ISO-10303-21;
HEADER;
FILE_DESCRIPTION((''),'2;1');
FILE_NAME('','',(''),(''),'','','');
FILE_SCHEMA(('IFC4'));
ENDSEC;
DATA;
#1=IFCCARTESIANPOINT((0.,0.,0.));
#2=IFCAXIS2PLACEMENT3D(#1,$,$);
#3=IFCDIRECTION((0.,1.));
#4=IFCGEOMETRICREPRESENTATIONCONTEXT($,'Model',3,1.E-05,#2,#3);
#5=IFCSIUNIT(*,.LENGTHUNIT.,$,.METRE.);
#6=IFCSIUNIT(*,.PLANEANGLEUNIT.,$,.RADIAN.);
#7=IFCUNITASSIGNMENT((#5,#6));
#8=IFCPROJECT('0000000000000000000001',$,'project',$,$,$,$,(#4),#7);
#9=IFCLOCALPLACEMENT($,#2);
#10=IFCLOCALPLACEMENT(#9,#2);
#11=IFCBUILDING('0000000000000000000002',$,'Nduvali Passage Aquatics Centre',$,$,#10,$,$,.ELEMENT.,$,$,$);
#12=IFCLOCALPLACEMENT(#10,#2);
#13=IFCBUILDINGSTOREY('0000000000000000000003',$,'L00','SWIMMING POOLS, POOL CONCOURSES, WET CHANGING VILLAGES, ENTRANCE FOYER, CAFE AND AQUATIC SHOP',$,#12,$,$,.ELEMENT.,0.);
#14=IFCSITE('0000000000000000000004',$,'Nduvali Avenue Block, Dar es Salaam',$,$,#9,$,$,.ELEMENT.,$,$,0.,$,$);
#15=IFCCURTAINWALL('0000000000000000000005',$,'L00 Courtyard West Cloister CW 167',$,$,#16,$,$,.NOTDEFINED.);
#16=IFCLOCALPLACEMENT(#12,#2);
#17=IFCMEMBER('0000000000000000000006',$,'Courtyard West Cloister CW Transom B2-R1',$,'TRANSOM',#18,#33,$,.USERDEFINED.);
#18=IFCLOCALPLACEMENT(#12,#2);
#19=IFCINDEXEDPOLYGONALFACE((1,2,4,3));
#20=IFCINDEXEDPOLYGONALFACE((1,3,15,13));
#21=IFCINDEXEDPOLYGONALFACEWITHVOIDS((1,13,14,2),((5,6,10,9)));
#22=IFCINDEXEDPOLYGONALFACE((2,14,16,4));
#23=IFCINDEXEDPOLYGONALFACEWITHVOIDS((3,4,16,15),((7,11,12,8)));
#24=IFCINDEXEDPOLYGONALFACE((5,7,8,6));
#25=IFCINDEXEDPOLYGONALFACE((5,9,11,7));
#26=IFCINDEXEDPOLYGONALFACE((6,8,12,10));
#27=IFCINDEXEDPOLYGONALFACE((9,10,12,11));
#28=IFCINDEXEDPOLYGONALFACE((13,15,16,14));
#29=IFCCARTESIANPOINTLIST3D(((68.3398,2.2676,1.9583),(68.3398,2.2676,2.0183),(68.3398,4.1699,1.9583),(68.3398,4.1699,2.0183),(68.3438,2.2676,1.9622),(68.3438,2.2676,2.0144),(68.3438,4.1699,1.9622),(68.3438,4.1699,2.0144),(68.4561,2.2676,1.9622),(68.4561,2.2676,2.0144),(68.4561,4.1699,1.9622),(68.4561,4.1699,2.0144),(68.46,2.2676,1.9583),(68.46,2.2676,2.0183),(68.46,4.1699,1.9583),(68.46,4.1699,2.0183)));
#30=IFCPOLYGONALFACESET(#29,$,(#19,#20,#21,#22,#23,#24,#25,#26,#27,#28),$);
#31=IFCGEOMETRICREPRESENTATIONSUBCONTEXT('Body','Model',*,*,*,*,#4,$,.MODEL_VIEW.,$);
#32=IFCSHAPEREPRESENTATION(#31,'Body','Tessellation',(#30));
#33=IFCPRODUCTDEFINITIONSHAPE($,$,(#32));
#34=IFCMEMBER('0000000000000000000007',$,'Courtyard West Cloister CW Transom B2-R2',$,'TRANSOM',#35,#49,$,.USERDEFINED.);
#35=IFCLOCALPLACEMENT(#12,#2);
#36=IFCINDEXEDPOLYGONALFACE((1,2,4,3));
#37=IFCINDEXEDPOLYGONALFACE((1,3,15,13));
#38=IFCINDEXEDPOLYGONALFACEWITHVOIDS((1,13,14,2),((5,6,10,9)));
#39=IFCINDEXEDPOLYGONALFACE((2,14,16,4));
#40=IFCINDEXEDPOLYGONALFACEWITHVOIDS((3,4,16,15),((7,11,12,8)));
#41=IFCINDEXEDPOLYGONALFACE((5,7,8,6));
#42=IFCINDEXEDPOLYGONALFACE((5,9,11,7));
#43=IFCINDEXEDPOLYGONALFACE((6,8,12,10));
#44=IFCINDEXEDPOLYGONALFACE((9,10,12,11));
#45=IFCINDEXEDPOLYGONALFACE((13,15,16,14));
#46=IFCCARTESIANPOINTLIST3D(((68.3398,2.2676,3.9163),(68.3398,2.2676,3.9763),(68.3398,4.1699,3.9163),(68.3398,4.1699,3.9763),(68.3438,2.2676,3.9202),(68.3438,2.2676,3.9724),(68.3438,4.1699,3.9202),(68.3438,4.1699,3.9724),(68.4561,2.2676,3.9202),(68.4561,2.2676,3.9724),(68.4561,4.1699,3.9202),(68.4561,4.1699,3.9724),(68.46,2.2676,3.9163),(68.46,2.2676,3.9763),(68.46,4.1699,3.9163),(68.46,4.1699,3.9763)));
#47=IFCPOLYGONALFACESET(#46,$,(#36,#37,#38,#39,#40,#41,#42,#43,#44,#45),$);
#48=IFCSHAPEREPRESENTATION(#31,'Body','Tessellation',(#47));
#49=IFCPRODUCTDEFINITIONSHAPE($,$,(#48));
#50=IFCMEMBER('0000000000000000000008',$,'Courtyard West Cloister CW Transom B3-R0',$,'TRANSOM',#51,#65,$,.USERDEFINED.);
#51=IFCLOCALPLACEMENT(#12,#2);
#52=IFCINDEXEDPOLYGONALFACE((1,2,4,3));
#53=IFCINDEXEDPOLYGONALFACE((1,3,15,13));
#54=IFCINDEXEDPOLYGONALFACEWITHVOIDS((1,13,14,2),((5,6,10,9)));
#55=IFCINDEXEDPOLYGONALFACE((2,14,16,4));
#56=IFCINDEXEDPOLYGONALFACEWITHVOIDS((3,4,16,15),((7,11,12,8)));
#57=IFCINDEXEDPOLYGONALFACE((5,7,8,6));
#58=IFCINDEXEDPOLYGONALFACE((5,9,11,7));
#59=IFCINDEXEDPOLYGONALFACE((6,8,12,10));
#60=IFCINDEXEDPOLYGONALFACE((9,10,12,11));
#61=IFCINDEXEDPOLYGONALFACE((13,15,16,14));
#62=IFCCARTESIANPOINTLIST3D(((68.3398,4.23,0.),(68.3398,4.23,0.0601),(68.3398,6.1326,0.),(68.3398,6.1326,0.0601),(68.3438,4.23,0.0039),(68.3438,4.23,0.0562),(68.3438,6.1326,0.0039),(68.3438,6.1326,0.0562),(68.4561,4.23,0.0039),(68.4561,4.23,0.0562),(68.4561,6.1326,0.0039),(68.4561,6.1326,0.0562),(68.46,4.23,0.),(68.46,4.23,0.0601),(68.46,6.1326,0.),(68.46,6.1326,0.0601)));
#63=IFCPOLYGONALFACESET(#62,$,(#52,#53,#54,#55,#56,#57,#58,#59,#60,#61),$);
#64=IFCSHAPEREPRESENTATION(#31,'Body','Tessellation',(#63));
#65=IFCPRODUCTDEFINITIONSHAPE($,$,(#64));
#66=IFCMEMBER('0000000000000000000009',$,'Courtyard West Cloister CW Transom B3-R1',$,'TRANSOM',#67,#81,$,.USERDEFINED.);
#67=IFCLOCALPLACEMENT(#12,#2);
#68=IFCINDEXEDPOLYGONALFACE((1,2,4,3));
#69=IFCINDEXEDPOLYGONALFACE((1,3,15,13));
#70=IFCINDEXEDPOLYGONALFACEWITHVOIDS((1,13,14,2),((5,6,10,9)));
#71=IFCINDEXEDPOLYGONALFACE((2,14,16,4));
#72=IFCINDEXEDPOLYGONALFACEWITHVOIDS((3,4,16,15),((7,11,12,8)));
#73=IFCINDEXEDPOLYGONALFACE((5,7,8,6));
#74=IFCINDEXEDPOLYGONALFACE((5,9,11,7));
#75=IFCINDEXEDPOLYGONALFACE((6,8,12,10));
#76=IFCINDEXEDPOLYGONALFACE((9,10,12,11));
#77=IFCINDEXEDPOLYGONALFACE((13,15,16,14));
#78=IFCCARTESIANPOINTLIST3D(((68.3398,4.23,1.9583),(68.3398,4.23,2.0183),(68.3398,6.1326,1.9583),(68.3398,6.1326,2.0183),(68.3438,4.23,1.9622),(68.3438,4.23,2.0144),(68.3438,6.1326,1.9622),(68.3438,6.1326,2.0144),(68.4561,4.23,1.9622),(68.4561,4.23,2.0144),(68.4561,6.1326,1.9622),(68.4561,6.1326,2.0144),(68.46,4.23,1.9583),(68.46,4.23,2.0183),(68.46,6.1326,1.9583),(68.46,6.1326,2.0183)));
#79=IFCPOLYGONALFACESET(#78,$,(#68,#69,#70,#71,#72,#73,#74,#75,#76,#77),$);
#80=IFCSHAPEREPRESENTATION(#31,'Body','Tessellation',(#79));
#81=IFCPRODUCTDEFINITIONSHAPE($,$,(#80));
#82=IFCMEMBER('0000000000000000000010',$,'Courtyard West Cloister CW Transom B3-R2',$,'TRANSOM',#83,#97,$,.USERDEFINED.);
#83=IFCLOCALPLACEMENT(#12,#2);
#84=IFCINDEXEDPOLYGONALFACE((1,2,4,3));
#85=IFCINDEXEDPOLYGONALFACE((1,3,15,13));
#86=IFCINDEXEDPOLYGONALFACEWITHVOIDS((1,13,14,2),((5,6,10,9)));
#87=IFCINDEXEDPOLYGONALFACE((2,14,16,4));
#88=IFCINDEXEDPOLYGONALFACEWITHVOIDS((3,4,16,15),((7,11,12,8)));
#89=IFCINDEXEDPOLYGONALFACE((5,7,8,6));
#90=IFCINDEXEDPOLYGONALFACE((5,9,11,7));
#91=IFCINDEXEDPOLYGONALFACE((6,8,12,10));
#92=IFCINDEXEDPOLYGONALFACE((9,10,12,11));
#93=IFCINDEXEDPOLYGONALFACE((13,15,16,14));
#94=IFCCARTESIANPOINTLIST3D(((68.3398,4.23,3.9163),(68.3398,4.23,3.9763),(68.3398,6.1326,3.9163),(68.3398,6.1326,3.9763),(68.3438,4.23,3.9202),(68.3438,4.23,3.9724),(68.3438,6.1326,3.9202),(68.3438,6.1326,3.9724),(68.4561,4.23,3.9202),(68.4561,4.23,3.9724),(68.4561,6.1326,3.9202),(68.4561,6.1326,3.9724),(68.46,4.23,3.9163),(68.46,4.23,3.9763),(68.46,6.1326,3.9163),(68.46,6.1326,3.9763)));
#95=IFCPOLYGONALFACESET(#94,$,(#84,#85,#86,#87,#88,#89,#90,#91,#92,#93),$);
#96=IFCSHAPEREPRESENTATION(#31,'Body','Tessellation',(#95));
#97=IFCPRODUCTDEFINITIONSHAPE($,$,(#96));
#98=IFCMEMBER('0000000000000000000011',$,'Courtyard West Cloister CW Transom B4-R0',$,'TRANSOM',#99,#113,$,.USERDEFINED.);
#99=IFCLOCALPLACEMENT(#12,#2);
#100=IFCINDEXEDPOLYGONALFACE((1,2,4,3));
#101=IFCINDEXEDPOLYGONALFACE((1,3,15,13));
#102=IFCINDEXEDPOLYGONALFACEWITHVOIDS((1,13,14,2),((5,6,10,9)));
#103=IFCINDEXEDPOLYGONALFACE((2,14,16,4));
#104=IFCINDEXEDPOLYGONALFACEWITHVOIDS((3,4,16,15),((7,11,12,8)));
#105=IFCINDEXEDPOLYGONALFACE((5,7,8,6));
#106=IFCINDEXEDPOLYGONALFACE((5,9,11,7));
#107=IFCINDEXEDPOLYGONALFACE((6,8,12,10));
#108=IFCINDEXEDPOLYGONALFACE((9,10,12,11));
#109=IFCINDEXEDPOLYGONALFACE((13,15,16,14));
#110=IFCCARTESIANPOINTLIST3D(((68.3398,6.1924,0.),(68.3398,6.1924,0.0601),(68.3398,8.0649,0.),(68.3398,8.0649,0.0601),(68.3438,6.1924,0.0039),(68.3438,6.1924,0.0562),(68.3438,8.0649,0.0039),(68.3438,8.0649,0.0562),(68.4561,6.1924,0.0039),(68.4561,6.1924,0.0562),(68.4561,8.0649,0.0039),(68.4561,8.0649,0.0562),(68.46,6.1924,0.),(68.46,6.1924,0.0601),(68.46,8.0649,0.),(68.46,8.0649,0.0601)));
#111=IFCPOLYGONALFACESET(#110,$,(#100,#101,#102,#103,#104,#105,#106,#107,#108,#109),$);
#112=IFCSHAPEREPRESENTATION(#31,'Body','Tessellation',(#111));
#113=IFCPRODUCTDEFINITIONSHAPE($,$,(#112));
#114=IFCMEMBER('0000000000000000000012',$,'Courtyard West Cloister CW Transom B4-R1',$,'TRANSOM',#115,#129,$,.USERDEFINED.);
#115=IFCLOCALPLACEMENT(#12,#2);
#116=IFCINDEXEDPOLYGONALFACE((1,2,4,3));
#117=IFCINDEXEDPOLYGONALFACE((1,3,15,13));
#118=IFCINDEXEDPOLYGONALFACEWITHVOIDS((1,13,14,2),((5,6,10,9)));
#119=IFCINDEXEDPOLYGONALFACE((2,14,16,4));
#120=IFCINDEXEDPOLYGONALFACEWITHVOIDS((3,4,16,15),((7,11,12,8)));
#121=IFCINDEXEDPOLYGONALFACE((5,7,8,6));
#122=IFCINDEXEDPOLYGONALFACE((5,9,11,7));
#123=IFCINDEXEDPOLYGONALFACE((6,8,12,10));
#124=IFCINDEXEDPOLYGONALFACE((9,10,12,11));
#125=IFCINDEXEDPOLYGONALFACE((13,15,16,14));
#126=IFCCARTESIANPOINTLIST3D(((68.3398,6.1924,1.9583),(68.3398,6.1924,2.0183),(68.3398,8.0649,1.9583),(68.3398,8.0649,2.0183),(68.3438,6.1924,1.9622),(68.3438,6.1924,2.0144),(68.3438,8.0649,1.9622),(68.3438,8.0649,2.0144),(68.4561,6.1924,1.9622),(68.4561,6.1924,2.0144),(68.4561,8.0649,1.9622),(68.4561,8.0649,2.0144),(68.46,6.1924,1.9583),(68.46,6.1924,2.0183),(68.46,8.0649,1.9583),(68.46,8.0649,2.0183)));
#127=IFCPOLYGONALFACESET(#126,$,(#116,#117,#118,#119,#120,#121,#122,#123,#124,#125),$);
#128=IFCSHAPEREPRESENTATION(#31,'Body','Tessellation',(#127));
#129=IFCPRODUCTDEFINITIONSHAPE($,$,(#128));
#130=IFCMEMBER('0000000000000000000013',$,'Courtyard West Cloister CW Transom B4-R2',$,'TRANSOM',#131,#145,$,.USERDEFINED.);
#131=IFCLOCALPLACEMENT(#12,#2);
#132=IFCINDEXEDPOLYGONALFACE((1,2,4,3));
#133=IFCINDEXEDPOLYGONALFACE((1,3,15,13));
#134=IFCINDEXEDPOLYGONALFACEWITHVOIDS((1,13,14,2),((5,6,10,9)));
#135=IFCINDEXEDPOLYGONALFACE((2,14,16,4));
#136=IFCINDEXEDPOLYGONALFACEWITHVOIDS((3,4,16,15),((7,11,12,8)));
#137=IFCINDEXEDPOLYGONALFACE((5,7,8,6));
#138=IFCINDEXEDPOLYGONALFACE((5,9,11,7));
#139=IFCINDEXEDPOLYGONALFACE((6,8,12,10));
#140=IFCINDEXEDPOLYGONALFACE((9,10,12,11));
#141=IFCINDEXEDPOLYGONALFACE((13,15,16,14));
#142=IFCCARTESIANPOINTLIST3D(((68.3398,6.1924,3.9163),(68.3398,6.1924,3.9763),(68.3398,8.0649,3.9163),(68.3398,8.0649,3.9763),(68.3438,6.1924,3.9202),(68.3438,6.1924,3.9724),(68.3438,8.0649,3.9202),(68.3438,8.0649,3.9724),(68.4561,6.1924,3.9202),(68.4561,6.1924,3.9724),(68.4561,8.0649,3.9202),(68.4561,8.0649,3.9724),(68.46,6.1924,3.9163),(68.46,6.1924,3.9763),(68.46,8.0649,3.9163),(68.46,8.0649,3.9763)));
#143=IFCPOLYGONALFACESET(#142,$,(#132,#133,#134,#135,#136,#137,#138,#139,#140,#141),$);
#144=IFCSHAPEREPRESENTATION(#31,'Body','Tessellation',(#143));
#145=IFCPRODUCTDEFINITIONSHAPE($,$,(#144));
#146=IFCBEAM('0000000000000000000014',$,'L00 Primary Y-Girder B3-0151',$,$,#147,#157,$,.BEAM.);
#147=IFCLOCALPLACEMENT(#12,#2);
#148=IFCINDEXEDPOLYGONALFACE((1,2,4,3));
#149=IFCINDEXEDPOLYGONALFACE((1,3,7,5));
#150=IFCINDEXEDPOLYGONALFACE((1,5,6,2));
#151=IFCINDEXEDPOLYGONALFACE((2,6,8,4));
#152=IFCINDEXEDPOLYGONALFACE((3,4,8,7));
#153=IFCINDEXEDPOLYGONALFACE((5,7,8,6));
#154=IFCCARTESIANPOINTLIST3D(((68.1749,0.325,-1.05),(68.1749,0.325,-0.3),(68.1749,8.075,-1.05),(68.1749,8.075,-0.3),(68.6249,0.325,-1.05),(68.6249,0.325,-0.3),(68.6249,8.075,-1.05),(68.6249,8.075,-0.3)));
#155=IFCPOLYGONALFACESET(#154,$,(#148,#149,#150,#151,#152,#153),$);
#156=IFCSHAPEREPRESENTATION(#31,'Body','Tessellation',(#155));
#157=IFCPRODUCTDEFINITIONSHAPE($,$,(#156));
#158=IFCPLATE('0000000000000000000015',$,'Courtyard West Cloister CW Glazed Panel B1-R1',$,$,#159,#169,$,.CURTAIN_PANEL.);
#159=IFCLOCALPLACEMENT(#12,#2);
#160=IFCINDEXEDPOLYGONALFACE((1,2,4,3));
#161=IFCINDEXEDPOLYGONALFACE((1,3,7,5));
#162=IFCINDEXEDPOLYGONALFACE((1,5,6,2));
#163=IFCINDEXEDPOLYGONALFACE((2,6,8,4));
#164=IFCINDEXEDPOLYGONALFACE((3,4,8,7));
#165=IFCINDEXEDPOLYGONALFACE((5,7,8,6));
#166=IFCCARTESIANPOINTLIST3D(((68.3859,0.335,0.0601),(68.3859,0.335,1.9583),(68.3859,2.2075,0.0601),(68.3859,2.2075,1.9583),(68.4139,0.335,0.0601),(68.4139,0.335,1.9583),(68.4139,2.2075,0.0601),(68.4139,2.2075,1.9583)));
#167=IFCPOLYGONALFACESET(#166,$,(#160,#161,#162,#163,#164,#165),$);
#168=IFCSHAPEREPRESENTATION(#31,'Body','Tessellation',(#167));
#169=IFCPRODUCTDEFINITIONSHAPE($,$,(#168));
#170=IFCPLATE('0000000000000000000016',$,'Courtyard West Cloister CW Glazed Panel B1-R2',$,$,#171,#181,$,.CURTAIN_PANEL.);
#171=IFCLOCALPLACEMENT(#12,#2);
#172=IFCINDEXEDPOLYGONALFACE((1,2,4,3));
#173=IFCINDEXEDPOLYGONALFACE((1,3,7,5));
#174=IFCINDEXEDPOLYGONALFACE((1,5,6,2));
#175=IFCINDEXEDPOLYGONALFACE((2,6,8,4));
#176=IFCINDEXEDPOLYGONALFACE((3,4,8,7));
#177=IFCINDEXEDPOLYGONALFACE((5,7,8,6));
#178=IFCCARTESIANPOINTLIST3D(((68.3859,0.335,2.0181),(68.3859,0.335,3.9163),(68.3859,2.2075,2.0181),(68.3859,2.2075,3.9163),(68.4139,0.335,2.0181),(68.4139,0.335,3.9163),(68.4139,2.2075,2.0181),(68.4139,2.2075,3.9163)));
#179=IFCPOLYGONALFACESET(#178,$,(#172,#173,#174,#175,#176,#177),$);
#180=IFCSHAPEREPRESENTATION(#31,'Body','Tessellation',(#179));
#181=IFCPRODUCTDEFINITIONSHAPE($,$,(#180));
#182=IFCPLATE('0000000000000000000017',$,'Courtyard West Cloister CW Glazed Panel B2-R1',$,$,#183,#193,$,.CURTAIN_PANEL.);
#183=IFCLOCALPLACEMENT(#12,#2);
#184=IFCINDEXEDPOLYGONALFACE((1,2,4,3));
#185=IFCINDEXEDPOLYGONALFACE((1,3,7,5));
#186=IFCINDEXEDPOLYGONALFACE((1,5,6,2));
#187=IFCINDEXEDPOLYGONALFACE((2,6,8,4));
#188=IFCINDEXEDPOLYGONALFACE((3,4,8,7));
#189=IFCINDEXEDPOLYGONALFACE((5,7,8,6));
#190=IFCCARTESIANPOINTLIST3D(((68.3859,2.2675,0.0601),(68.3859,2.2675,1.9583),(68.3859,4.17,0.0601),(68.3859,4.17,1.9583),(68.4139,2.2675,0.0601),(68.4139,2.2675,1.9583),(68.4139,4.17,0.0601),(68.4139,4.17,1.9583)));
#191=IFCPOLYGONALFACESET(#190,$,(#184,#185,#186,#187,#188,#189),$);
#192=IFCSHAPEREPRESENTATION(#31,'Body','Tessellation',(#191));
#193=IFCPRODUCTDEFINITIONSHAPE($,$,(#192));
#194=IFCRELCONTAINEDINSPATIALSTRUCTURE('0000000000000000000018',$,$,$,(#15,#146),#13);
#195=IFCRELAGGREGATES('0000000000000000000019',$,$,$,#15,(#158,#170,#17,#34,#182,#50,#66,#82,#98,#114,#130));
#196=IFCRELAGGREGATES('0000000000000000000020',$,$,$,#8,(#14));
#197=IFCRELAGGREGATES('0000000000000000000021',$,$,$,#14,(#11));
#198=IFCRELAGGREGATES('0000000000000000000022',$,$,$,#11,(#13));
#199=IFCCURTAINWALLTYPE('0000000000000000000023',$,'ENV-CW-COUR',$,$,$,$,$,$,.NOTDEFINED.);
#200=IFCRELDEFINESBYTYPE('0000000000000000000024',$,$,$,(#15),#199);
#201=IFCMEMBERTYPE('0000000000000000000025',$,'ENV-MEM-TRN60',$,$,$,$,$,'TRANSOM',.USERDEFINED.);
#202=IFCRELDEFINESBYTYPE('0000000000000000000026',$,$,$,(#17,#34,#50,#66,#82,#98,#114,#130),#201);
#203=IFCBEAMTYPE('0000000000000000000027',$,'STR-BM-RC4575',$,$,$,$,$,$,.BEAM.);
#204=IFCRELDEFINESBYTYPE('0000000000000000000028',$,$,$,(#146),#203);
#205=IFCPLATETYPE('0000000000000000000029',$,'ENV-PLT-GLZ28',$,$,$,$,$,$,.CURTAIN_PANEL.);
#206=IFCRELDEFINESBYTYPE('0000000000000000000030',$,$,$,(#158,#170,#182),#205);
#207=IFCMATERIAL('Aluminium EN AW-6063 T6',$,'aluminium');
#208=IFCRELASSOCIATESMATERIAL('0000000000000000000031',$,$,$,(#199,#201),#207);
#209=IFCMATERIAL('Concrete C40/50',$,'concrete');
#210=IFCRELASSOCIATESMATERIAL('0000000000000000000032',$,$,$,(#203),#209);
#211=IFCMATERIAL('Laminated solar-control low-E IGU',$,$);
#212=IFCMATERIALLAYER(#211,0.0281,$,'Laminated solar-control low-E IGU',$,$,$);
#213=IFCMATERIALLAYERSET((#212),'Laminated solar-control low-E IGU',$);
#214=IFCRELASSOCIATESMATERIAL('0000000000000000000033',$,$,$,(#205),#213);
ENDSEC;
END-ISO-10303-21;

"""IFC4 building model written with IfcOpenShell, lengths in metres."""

from ifc_helpers import new_model, si_unit, direction, frame, origin, origin_2d, place, context, subcontext, project, spatial, rectangle, hollow_rectangle, extrude, material, layer, layer_set, material_profile, profile_set, type_object, element, aggregate, save


model = new_model("IFC4")

# Units and contexts
model_context = context("Model", 3, precision=1e-05, world=origin(), true_north=direction((0.0, 1.0)))
body_context = subcontext(model_context, "Body", "Model", "MODEL_VIEW")
ifc_project = project(units=[si_unit("LENGTHUNIT", "METRE"), si_unit("PLANEANGLEUNIT", "RADIAN")], contexts=[model_context])

# Site, building, storey
site_placement = place(None, origin())
site = spatial("IfcSite", under=ifc_project, at=site_placement, Name="Nduvali Avenue Block, Dar es Salaam", CompositionType="ELEMENT", RefElevation=0.0)
building_placement = place(site_placement, origin())
building = spatial("IfcBuilding", under=site, at=building_placement, Name="Nduvali Passage Aquatics Centre", CompositionType="ELEMENT")
storey_placement = place(building_placement, origin())
storey = spatial("IfcBuildingStorey", under=building, at=storey_placement, Name="L00", Description="SWIMMING POOLS, POOL CONCOURSES, WET CHANGING VILLAGES, ENTRANCE FOYER, CAFE AND AQUATIC SHOP", CompositionType="ELEMENT", Elevation=0.0)

# Shared definitions
ifc_material_1 = material(Name="Concrete C40/50", Category="concrete")

# Curtain wall, members
ifc_material_2 = material(Name="Aluminium EN AW-6063 T6", Category="aluminium")
curtain_wall_type = type_object("IfcCurtainWallType", Name="ENV-CW-COUR", PredefinedType="NOTDEFINED", material=ifc_material_2)
curtain_wall_placement = place(storey_placement, origin())
curtain_wall = element("IfcCurtainWall", 1, at=curtain_wall_placement, inside=storey, type_object=curtain_wall_type, Name="L00 Courtyard West Cloister CW 167", PredefinedType="NOTDEFINED")
ifc_material_profile_1 = material_profile(ifc_material_2, hollow_rectangle(XDim=0.1201, YDim=0.0601, WallThickness=0.0039, at=origin_2d()), Name="ALU TRANSOM 120x60x4")
ifc_profile_set_1 = profile_set([ifc_material_profile_1], Name="Aluminium EN AW-6063 T6")
member_type_1 = type_object("IfcMemberType", Name="ENV-MEM-TRN60", ElementType="TRANSOM", PredefinedType="USERDEFINED", material=ifc_profile_set_1)
member_1_placement = place(storey_placement, frame((68.3999, 2.2676, 1.9883), z_axis=(0.0, 1.0, 0.0), x_axis=(-1.0, 0.0, 0.0)))
member_1 = element("IfcMember", 2, at=member_1_placement, type_object=member_type_1, Name="Courtyard West Cloister CW Transom B2-R1", ObjectType="TRANSOM", PredefinedType="USERDEFINED", context=body_context, shape_type="SweptSolid", body=[
    extrude(hollow_rectangle(XDim=0.1201, YDim=0.0601, WallThickness=0.0039, at=origin_2d()), origin(), (0.0, 0.0, 1.0), 1.9023),
])
member_2_placement = place(storey_placement, frame((68.3999, 2.2676, 3.9463), z_axis=(0.0, 1.0, 0.0), x_axis=(-1.0, 0.0, 0.0)))
member_2 = element("IfcMember", 3, at=member_2_placement, type_object=member_type_1, Name="Courtyard West Cloister CW Transom B2-R2", ObjectType="TRANSOM", PredefinedType="USERDEFINED", context=body_context, shape_type="SweptSolid", body=[
    extrude(hollow_rectangle(XDim=0.1201, YDim=0.0601, WallThickness=0.0039, at=origin_2d()), origin(), (0.0, 0.0, 1.0), 1.9023),
])
member_3_placement = place(storey_placement, frame((68.3999, 4.23, 0.03), z_axis=(0.0, 1.0, 0.0), x_axis=(-1.0, 0.0, 0.0)))
member_3 = element("IfcMember", 4, at=member_3_placement, type_object=member_type_1, Name="Courtyard West Cloister CW Transom B3-R0", ObjectType="TRANSOM", PredefinedType="USERDEFINED", context=body_context, shape_type="SweptSolid", body=[
    extrude(hollow_rectangle(XDim=0.1201, YDim=0.0601, WallThickness=0.0039, at=origin_2d()), origin(), (0.0, 0.0, 1.0), 1.9026),
])
member_4_placement = place(storey_placement, frame((68.3999, 4.23, 1.9883), z_axis=(0.0, 1.0, 0.0), x_axis=(-1.0, 0.0, 0.0)))
member_4 = element("IfcMember", 5, at=member_4_placement, type_object=member_type_1, Name="Courtyard West Cloister CW Transom B3-R1", ObjectType="TRANSOM", PredefinedType="USERDEFINED", context=body_context, shape_type="SweptSolid", body=[
    extrude(hollow_rectangle(XDim=0.1201, YDim=0.0601, WallThickness=0.0039, at=origin_2d()), origin(), (0.0, 0.0, 1.0), 1.9026),
])
member_5_placement = place(storey_placement, frame((68.3999, 4.23, 3.9463), z_axis=(0.0, 1.0, 0.0), x_axis=(-1.0, 0.0, 0.0)))
member_5 = element("IfcMember", 6, at=member_5_placement, type_object=member_type_1, Name="Courtyard West Cloister CW Transom B3-R2", ObjectType="TRANSOM", PredefinedType="USERDEFINED", context=body_context, shape_type="SweptSolid", body=[
    extrude(hollow_rectangle(XDim=0.1201, YDim=0.0601, WallThickness=0.0039, at=origin_2d()), origin(), (0.0, 0.0, 1.0), 1.9026),
])
member_6_placement = place(storey_placement, frame((68.3999, 6.1924, 0.03), z_axis=(0.0, 1.0, 0.0), x_axis=(-1.0, 0.0, 0.0)))
member_6 = element("IfcMember", 7, at=member_6_placement, type_object=member_type_1, Name="Courtyard West Cloister CW Transom B4-R0", ObjectType="TRANSOM", PredefinedType="USERDEFINED", context=body_context, shape_type="SweptSolid", body=[
    extrude(hollow_rectangle(XDim=0.1201, YDim=0.0601, WallThickness=0.0039, at=origin_2d()), origin(), (0.0, 0.0, 1.0), 1.8726),
])
member_7_placement = place(storey_placement, frame((68.3999, 6.1924, 1.9883), z_axis=(0.0, 1.0, 0.0), x_axis=(-1.0, 0.0, 0.0)))
member_7 = element("IfcMember", 8, at=member_7_placement, type_object=member_type_1, Name="Courtyard West Cloister CW Transom B4-R1", ObjectType="TRANSOM", PredefinedType="USERDEFINED", context=body_context, shape_type="SweptSolid", body=[
    extrude(hollow_rectangle(XDim=0.1201, YDim=0.0601, WallThickness=0.0039, at=origin_2d()), origin(), (0.0, 0.0, 1.0), 1.8726),
])
member_8_placement = place(storey_placement, frame((68.3999, 6.1924, 3.9463), z_axis=(0.0, 1.0, 0.0), x_axis=(-1.0, 0.0, 0.0)))
member_8 = element("IfcMember", 9, at=member_8_placement, type_object=member_type_1, Name="Courtyard West Cloister CW Transom B4-R2", ObjectType="TRANSOM", PredefinedType="USERDEFINED", context=body_context, shape_type="SweptSolid", body=[
    extrude(hollow_rectangle(XDim=0.1201, YDim=0.0601, WallThickness=0.0039, at=origin_2d()), origin(), (0.0, 0.0, 1.0), 1.8726),
])

# Beam
ifc_material_profile_2 = material_profile(ifc_material_1, rectangle(XDim=0.45, YDim=0.75, at=origin_2d()), Name="RC 450x750")
ifc_profile_set_2 = profile_set([ifc_material_profile_2], Name="Concrete C40/50")
beam_type = type_object("IfcBeamType", Name="STR-BM-RC4575", PredefinedType="BEAM", material=ifc_profile_set_2)
beam_placement = place(storey_placement, frame((68.3999, 0.325, -0.675), z_axis=(0.0, 1.0, 0.0), x_axis=(-1.0, 0.0, 0.0)))
element("IfcBeam", 10, at=beam_placement, inside=storey, type_object=beam_type, Name="L00 Primary Y-Girder B3-0151", PredefinedType="BEAM", context=body_context, shape_type="SweptSolid", body=[
    extrude(rectangle(XDim=0.45, YDim=0.75, at=origin_2d()), origin(), (0.0, 0.0, 1.0), 7.75),
])

# Plates
ifc_material_3 = material(Name="Laminated solar-control low-E IGU")
ifc_layer_1 = layer(ifc_material_3, 0.0281, Name="Laminated solar-control low-E IGU")
ifc_layer_set_1 = layer_set([ifc_layer_1], Name="Laminated solar-control low-E IGU")
plate_type = type_object("IfcPlateType", Name="ENV-PLT-GLZ28", PredefinedType="CURTAIN_PANEL", material=ifc_layer_set_1)
plate_1_placement = place(storey_placement, frame((68.3999, 1.2712, 0.0601), z_axis=(0.0, 0.0, 1.0), x_axis=(0.0, 1.0, 0.0)))
plate_1 = element("IfcPlate", 11, at=plate_1_placement, type_object=plate_type, Name="Courtyard West Cloister CW Glazed Panel B1-R1", PredefinedType="CURTAIN_PANEL", context=body_context, shape_type="SweptSolid", body=[
    extrude(rectangle(XDim=1.8726, YDim=0.0281, at=origin_2d()), origin(), (0.0, 0.0, 1.0), 1.8982),
])
plate_2_placement = place(storey_placement, frame((68.3999, 1.2712, 2.0181), z_axis=(0.0, 0.0, 1.0), x_axis=(0.0, 1.0, 0.0)))
plate_2 = element("IfcPlate", 12, at=plate_2_placement, type_object=plate_type, Name="Courtyard West Cloister CW Glazed Panel B1-R2", PredefinedType="CURTAIN_PANEL", context=body_context, shape_type="SweptSolid", body=[
    extrude(rectangle(XDim=1.8726, YDim=0.0281, at=origin_2d()), origin(), (0.0, 0.0, 1.0), 1.8982),
])
plate_3_placement = place(storey_placement, frame((68.3999, 3.2188, 0.0601), z_axis=(0.0, 0.0, 1.0), x_axis=(0.0, 1.0, 0.0)))
plate_3 = element("IfcPlate", 13, at=plate_3_placement, type_object=plate_type, Name="Courtyard West Cloister CW Glazed Panel B2-R1", PredefinedType="CURTAIN_PANEL", context=body_context, shape_type="SweptSolid", body=[
    extrude(rectangle(XDim=1.9026, YDim=0.0281, at=origin_2d()), origin(), (0.0, 0.0, 1.0), 1.8982),
])
aggregate(curtain_wall, [plate_1, plate_2, member_1, member_2, plate_3, member_3, member_4, member_5, member_6, member_7, member_8])

save(model, "model.ifc")
